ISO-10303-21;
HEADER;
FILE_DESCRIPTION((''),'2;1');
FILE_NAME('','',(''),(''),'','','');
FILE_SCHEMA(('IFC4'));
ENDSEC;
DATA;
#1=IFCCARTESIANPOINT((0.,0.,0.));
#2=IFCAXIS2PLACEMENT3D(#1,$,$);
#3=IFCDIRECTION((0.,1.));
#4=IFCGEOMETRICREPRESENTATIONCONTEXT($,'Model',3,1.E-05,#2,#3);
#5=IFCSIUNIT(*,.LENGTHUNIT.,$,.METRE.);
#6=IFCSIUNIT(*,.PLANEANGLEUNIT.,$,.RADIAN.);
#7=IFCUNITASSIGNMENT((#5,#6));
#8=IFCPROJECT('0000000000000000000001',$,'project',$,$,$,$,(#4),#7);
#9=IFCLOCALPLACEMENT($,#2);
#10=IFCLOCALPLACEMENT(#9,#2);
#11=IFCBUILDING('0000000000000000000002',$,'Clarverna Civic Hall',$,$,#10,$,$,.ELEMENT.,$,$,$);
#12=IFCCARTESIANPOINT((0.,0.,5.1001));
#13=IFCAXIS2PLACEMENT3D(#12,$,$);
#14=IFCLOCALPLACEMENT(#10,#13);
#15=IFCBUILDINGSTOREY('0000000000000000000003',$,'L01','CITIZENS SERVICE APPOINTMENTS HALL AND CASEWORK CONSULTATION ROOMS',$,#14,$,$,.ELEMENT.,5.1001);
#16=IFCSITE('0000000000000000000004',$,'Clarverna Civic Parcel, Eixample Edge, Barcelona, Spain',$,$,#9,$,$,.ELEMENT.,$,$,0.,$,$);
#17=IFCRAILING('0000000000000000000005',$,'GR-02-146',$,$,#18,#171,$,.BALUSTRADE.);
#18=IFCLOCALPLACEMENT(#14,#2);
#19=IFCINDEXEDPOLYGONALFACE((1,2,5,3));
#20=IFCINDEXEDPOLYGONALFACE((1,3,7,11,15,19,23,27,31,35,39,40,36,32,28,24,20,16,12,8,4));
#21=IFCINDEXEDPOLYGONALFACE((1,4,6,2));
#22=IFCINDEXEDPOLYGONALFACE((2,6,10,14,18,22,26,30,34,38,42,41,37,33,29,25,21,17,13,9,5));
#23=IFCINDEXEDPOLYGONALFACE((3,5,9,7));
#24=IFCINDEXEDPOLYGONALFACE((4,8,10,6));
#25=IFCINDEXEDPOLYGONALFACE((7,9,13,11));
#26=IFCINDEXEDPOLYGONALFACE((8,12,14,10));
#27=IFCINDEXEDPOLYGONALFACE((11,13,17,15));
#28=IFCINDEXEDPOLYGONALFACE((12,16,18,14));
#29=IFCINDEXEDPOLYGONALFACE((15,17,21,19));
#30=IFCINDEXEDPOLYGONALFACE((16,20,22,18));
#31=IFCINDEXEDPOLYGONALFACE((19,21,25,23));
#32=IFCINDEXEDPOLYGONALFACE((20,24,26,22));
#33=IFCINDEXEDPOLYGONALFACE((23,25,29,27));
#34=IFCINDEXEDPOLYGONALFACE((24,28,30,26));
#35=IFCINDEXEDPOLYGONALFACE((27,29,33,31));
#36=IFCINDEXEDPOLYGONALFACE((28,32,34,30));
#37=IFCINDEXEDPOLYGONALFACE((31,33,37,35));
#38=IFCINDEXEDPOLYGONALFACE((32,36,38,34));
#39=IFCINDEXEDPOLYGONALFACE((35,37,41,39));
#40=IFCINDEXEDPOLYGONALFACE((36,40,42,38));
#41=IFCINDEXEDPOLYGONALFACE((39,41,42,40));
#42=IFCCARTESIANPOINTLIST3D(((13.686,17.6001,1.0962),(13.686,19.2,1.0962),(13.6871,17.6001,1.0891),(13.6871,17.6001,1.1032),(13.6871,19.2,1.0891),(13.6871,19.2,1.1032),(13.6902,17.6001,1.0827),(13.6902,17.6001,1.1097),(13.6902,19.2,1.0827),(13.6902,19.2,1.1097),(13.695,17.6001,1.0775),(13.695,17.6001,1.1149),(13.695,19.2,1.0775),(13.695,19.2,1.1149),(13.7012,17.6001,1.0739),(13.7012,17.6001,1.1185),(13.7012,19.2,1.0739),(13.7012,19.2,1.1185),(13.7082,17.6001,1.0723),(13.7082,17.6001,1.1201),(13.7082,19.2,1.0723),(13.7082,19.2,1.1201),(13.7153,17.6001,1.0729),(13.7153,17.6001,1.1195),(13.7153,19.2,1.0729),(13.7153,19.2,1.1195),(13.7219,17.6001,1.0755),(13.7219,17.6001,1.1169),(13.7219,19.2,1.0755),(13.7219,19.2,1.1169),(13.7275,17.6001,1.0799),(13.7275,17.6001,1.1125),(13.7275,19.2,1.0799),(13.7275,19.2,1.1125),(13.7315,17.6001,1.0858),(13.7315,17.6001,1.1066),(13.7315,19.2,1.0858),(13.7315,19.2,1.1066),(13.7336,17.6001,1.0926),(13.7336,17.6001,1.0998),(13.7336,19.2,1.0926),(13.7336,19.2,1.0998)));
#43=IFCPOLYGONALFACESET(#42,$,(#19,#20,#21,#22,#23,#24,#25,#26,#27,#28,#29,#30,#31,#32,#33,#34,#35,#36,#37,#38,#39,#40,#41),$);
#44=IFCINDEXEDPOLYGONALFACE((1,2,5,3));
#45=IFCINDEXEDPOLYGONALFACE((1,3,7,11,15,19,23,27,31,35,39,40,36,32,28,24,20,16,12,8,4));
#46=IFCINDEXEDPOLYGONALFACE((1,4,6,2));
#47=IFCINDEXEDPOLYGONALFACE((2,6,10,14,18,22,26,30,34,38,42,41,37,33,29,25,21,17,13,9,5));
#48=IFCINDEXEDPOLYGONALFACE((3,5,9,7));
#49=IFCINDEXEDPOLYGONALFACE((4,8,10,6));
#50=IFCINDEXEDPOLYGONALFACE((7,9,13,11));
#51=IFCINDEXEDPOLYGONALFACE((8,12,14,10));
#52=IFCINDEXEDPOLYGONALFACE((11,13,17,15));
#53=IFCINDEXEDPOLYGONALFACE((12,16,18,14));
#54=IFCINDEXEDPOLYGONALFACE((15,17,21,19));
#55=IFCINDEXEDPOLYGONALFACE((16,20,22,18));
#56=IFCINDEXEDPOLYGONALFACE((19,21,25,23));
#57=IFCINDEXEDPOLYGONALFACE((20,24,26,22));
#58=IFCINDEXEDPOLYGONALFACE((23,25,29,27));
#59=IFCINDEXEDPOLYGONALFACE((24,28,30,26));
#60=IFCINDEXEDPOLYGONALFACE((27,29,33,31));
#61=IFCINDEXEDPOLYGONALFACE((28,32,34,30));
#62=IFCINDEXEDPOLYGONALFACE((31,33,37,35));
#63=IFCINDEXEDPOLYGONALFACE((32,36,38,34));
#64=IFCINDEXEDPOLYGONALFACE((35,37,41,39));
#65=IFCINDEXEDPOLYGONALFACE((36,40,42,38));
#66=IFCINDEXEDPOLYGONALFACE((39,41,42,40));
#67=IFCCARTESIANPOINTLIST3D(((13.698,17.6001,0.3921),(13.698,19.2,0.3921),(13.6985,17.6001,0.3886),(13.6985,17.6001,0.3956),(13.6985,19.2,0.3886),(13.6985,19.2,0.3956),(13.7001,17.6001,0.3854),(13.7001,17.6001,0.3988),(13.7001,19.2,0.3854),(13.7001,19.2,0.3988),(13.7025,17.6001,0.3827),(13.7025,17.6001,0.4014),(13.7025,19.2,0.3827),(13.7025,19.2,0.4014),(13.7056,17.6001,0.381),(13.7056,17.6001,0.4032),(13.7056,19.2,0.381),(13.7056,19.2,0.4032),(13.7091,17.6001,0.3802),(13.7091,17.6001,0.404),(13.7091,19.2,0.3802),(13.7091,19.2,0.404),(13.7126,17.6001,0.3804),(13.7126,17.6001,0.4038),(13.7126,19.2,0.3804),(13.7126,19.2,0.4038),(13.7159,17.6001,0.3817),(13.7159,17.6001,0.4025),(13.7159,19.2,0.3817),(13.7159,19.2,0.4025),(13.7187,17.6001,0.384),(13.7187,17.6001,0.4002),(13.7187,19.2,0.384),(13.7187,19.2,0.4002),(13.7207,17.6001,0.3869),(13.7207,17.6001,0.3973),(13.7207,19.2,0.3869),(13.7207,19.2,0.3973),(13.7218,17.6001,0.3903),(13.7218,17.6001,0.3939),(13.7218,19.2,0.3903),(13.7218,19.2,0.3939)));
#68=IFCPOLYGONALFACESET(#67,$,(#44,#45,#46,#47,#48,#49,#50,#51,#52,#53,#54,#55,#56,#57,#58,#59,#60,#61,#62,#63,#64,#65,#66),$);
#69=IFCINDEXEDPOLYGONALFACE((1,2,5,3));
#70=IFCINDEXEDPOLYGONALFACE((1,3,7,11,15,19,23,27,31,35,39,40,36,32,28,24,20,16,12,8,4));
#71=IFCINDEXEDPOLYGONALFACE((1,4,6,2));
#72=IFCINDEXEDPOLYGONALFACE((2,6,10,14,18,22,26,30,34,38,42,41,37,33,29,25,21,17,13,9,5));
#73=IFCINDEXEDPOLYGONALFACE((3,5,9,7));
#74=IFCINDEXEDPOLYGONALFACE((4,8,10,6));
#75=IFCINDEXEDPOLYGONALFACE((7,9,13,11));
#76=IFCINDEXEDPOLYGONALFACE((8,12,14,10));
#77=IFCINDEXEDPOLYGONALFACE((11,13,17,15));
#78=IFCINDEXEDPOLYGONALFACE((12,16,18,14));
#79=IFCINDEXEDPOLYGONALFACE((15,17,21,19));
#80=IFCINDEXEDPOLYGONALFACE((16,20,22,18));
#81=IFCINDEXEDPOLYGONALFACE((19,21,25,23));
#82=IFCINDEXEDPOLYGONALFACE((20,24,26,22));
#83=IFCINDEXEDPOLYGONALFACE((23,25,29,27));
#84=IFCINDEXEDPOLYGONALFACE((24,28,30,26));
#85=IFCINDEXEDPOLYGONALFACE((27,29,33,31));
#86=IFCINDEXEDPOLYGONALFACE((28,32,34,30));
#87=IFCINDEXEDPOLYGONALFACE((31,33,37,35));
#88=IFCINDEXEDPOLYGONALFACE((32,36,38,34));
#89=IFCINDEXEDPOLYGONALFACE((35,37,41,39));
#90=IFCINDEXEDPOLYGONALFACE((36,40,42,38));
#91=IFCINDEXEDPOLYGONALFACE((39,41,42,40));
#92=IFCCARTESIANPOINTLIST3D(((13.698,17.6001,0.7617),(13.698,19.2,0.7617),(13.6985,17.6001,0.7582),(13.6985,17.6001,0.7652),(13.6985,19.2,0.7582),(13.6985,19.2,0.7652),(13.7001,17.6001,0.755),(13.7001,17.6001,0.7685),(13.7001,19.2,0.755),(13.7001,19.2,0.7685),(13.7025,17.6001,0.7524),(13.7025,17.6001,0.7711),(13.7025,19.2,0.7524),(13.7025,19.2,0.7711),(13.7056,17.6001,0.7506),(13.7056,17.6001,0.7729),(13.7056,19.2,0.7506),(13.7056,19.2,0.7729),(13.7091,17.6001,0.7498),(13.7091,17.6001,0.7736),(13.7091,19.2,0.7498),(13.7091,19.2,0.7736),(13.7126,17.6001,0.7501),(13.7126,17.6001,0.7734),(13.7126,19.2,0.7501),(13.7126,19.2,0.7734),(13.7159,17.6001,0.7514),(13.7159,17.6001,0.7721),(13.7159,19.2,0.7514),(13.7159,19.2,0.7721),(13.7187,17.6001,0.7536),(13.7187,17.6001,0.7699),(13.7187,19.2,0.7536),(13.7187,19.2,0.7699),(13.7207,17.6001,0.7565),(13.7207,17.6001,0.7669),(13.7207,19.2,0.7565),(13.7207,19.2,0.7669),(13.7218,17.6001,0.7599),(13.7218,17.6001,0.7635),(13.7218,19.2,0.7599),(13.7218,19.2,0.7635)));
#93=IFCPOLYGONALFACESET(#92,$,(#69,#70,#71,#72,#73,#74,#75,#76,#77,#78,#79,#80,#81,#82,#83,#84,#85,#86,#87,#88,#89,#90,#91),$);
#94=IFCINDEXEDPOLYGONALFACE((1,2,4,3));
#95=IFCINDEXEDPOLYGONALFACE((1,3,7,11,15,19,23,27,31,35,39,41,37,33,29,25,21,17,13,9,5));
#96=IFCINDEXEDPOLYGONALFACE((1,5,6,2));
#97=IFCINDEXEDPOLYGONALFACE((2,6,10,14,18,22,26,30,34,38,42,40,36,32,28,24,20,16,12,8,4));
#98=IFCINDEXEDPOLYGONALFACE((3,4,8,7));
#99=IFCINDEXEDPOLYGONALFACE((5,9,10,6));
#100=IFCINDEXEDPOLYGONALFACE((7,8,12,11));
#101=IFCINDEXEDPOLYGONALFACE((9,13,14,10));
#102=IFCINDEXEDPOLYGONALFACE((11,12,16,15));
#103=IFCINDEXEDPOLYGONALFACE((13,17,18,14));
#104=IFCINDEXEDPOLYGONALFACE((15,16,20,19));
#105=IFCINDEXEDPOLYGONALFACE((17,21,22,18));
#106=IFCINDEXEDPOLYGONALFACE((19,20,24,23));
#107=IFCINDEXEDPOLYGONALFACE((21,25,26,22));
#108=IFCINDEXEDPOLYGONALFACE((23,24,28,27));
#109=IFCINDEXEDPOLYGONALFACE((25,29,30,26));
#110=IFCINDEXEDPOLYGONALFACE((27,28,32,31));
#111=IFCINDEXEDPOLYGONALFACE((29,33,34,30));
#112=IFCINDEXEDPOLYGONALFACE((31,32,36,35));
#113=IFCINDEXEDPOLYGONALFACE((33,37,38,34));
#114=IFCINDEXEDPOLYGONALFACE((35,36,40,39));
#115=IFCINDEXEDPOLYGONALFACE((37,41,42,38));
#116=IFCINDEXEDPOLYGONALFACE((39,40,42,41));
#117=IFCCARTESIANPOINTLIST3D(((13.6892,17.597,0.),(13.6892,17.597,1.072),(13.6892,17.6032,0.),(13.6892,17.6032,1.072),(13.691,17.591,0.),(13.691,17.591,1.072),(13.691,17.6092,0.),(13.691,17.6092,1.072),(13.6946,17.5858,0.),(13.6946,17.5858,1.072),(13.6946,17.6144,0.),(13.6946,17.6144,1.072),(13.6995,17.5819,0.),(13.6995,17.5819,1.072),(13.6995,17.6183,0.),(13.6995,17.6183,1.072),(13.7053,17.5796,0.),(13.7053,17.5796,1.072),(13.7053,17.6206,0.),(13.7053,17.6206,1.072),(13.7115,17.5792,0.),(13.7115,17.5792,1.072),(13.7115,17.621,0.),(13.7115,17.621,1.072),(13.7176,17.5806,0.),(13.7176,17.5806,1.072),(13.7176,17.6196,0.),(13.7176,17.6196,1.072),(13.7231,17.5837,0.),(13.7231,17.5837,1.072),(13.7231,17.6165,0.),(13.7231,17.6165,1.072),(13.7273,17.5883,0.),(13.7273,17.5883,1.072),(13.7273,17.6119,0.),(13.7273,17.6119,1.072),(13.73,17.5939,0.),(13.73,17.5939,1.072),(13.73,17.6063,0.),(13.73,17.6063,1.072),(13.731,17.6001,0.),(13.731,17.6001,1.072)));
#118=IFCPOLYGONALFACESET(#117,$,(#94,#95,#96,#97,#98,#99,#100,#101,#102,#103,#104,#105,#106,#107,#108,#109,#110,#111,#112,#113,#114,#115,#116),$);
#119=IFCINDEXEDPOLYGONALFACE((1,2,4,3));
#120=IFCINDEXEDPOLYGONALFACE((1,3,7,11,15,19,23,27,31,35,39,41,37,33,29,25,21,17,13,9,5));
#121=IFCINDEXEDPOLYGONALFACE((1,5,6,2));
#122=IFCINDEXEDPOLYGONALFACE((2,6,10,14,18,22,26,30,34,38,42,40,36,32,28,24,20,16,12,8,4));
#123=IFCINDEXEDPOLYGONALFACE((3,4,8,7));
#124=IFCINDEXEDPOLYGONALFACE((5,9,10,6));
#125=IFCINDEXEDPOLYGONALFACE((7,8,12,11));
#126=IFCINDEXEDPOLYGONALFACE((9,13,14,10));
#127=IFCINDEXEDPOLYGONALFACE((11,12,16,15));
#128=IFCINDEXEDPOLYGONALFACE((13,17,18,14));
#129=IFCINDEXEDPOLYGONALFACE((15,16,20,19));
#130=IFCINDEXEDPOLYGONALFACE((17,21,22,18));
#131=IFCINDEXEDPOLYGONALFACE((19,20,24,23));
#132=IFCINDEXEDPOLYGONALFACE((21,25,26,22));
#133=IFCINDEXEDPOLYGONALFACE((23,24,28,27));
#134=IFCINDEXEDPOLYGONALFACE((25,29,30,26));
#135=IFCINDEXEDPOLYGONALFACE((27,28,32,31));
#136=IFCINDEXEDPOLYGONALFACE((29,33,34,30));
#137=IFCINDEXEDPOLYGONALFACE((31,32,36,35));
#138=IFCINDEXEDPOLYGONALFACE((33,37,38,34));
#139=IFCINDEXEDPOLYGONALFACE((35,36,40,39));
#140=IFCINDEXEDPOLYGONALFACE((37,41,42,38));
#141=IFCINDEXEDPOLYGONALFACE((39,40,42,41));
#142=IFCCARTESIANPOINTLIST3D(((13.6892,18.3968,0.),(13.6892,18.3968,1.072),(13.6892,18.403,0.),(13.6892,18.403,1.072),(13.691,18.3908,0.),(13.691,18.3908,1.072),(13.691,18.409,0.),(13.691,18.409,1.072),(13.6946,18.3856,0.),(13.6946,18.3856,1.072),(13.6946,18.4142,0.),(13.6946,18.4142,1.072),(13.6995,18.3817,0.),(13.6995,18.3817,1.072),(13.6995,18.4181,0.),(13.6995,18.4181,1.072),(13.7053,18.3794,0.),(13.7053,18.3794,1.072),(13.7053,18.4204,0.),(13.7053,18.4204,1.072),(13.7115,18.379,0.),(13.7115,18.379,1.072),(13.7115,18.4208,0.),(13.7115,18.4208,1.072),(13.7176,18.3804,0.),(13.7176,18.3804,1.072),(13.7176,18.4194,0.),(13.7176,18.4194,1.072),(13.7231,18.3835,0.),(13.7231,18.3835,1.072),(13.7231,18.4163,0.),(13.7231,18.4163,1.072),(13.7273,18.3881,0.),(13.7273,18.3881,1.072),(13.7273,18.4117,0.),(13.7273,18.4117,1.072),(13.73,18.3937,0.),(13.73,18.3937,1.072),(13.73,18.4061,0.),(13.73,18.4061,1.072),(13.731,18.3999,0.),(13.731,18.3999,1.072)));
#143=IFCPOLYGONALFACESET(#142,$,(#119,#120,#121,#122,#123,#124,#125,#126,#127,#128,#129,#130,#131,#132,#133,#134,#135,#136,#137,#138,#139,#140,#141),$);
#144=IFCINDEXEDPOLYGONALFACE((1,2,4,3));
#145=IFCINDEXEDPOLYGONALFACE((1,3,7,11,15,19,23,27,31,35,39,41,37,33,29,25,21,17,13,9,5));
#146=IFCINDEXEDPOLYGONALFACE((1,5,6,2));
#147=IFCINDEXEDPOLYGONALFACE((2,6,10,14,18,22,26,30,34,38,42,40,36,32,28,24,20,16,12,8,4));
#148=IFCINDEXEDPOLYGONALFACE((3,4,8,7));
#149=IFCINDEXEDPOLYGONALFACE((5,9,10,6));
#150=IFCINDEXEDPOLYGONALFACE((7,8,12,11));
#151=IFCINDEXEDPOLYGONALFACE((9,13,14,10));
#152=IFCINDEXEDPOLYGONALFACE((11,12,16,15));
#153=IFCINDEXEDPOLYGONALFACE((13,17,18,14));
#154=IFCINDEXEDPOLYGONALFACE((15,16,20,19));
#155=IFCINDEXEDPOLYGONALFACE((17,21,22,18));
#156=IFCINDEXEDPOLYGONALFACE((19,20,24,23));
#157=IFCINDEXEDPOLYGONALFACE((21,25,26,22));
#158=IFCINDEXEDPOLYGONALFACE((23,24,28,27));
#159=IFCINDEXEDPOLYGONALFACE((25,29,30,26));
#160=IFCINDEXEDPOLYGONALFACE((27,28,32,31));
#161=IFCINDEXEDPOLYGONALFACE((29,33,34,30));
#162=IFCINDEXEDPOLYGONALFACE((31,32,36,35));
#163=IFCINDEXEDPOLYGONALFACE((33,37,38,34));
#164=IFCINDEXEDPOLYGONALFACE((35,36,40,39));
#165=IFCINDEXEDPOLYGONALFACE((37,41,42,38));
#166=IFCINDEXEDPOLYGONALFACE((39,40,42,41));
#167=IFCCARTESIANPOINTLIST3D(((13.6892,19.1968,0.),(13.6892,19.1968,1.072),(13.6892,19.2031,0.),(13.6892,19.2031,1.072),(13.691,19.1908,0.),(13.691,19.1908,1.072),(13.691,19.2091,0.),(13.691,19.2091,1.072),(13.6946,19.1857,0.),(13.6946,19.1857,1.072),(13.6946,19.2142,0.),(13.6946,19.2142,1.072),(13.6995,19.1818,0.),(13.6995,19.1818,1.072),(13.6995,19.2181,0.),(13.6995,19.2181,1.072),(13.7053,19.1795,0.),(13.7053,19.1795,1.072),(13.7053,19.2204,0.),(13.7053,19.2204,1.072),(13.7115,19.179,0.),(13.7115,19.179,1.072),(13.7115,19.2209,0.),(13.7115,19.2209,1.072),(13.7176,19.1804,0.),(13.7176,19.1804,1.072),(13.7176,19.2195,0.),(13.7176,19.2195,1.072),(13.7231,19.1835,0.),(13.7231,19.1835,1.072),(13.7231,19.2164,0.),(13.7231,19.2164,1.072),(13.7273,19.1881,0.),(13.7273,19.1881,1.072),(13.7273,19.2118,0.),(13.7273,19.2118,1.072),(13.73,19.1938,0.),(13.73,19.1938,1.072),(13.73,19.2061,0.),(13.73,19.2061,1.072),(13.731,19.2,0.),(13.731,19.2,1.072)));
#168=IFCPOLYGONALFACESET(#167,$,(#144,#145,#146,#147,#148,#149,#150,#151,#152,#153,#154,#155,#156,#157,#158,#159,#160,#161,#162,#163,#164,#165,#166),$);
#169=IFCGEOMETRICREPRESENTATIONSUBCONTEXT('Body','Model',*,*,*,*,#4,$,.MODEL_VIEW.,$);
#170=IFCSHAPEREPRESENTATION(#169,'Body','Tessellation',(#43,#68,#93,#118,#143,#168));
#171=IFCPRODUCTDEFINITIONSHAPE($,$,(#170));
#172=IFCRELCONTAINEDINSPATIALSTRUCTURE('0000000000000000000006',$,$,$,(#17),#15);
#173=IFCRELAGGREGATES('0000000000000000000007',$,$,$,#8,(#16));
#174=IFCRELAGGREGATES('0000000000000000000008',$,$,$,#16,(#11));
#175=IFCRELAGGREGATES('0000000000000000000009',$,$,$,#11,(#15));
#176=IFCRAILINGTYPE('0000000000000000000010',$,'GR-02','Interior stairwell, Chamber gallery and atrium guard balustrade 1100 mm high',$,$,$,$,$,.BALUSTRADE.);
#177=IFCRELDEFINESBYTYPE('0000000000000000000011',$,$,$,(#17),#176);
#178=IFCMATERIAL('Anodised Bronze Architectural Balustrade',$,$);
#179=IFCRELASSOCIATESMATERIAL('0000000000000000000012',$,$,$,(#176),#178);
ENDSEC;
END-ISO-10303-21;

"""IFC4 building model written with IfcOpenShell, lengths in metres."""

from ifc_helpers import new_model, si_unit, direction, frame, origin, origin_2d, place, context, subcontext, project, spatial, circle, extrude, material, type_object, element, save


model = new_model("IFC4")

# Units and contexts
model_context = context("Model", 3, precision=1e-05, world=origin(), true_north=direction((0.0, 1.0)))
body_context = subcontext(model_context, "Body", "Model", "MODEL_VIEW")
ifc_project = project(units=[si_unit("LENGTHUNIT", "METRE"), si_unit("PLANEANGLEUNIT", "RADIAN")], contexts=[model_context])

# Site, building, storey
site_placement = place(None, origin())
site = spatial("IfcSite", under=ifc_project, at=site_placement, Name="Clarverna Civic Parcel, Eixample Edge, Barcelona, Spain", CompositionType="ELEMENT", RefElevation=0.0)
building_placement = place(site_placement, origin())
building = spatial("IfcBuilding", under=site, at=building_placement, Name="Clarverna Civic Hall", CompositionType="ELEMENT")
storey_placement = place(building_placement, frame((0.0, 0.0, 5.1001)))
storey = spatial("IfcBuildingStorey", under=building, at=storey_placement, Name="L01", Description="CITIZENS SERVICE APPOINTMENTS HALL AND CASEWORK CONSULTATION ROOMS", CompositionType="ELEMENT", Elevation=5.1001)

# Railing
ifc_material_1 = material(Name="Anodised Bronze Architectural Balustrade")
railing_type_1 = type_object("IfcRailingType", Name="GR-02", Description="Interior stairwell, Chamber gallery and atrium guard balustrade 1100 mm high", PredefinedType="BALUSTRADE", material=ifc_material_1)
railing_1_placement = place(storey_placement, frame((13.71, 17.6001, 0.0)))
element("IfcRailing", 1, at=railing_1_placement, inside=storey, type_object=railing_type_1, Name="GR-02-146", PredefinedType="BALUSTRADE", context=body_context, shape_type="SweptSolid", body=[
    extrude(circle(Radius=0.0239, at=origin_2d()), frame((0.0, 0.0, 1.0962), z_axis=(0.0, 1.0, 0.0), x_axis=(-1.0, 0.0, 0.0)), (0.0, 0.0, 1.0), 1.5999),
    extrude(circle(Radius=0.012, at=origin_2d()), frame((0.0, 0.0, 0.3921), z_axis=(0.0, 1.0, 0.0), x_axis=(-1.0, 0.0, 0.0)), (0.0, 0.0, 1.0), 1.5999),
    extrude(circle(Radius=0.012, at=origin_2d()), frame((0.0, 0.0, 0.7617), z_axis=(0.0, 1.0, 0.0), x_axis=(-1.0, 0.0, 0.0)), (0.0, 0.0, 1.0), 1.5999),
    extrude(circle(Radius=0.021, at=origin_2d()), origin(), (0.0, 0.0, 1.0), 1.072),
    extrude(circle(Radius=0.021, at=origin_2d()), frame((0.0, 0.7998, 0.0)), (0.0, 0.0, 1.0), 1.072),
    extrude(circle(Radius=0.021, at=origin_2d()), frame((0.0, 1.5999, 0.0)), (0.0, 0.0, 1.0), 1.072),
])

save(model, "model.ifc")
